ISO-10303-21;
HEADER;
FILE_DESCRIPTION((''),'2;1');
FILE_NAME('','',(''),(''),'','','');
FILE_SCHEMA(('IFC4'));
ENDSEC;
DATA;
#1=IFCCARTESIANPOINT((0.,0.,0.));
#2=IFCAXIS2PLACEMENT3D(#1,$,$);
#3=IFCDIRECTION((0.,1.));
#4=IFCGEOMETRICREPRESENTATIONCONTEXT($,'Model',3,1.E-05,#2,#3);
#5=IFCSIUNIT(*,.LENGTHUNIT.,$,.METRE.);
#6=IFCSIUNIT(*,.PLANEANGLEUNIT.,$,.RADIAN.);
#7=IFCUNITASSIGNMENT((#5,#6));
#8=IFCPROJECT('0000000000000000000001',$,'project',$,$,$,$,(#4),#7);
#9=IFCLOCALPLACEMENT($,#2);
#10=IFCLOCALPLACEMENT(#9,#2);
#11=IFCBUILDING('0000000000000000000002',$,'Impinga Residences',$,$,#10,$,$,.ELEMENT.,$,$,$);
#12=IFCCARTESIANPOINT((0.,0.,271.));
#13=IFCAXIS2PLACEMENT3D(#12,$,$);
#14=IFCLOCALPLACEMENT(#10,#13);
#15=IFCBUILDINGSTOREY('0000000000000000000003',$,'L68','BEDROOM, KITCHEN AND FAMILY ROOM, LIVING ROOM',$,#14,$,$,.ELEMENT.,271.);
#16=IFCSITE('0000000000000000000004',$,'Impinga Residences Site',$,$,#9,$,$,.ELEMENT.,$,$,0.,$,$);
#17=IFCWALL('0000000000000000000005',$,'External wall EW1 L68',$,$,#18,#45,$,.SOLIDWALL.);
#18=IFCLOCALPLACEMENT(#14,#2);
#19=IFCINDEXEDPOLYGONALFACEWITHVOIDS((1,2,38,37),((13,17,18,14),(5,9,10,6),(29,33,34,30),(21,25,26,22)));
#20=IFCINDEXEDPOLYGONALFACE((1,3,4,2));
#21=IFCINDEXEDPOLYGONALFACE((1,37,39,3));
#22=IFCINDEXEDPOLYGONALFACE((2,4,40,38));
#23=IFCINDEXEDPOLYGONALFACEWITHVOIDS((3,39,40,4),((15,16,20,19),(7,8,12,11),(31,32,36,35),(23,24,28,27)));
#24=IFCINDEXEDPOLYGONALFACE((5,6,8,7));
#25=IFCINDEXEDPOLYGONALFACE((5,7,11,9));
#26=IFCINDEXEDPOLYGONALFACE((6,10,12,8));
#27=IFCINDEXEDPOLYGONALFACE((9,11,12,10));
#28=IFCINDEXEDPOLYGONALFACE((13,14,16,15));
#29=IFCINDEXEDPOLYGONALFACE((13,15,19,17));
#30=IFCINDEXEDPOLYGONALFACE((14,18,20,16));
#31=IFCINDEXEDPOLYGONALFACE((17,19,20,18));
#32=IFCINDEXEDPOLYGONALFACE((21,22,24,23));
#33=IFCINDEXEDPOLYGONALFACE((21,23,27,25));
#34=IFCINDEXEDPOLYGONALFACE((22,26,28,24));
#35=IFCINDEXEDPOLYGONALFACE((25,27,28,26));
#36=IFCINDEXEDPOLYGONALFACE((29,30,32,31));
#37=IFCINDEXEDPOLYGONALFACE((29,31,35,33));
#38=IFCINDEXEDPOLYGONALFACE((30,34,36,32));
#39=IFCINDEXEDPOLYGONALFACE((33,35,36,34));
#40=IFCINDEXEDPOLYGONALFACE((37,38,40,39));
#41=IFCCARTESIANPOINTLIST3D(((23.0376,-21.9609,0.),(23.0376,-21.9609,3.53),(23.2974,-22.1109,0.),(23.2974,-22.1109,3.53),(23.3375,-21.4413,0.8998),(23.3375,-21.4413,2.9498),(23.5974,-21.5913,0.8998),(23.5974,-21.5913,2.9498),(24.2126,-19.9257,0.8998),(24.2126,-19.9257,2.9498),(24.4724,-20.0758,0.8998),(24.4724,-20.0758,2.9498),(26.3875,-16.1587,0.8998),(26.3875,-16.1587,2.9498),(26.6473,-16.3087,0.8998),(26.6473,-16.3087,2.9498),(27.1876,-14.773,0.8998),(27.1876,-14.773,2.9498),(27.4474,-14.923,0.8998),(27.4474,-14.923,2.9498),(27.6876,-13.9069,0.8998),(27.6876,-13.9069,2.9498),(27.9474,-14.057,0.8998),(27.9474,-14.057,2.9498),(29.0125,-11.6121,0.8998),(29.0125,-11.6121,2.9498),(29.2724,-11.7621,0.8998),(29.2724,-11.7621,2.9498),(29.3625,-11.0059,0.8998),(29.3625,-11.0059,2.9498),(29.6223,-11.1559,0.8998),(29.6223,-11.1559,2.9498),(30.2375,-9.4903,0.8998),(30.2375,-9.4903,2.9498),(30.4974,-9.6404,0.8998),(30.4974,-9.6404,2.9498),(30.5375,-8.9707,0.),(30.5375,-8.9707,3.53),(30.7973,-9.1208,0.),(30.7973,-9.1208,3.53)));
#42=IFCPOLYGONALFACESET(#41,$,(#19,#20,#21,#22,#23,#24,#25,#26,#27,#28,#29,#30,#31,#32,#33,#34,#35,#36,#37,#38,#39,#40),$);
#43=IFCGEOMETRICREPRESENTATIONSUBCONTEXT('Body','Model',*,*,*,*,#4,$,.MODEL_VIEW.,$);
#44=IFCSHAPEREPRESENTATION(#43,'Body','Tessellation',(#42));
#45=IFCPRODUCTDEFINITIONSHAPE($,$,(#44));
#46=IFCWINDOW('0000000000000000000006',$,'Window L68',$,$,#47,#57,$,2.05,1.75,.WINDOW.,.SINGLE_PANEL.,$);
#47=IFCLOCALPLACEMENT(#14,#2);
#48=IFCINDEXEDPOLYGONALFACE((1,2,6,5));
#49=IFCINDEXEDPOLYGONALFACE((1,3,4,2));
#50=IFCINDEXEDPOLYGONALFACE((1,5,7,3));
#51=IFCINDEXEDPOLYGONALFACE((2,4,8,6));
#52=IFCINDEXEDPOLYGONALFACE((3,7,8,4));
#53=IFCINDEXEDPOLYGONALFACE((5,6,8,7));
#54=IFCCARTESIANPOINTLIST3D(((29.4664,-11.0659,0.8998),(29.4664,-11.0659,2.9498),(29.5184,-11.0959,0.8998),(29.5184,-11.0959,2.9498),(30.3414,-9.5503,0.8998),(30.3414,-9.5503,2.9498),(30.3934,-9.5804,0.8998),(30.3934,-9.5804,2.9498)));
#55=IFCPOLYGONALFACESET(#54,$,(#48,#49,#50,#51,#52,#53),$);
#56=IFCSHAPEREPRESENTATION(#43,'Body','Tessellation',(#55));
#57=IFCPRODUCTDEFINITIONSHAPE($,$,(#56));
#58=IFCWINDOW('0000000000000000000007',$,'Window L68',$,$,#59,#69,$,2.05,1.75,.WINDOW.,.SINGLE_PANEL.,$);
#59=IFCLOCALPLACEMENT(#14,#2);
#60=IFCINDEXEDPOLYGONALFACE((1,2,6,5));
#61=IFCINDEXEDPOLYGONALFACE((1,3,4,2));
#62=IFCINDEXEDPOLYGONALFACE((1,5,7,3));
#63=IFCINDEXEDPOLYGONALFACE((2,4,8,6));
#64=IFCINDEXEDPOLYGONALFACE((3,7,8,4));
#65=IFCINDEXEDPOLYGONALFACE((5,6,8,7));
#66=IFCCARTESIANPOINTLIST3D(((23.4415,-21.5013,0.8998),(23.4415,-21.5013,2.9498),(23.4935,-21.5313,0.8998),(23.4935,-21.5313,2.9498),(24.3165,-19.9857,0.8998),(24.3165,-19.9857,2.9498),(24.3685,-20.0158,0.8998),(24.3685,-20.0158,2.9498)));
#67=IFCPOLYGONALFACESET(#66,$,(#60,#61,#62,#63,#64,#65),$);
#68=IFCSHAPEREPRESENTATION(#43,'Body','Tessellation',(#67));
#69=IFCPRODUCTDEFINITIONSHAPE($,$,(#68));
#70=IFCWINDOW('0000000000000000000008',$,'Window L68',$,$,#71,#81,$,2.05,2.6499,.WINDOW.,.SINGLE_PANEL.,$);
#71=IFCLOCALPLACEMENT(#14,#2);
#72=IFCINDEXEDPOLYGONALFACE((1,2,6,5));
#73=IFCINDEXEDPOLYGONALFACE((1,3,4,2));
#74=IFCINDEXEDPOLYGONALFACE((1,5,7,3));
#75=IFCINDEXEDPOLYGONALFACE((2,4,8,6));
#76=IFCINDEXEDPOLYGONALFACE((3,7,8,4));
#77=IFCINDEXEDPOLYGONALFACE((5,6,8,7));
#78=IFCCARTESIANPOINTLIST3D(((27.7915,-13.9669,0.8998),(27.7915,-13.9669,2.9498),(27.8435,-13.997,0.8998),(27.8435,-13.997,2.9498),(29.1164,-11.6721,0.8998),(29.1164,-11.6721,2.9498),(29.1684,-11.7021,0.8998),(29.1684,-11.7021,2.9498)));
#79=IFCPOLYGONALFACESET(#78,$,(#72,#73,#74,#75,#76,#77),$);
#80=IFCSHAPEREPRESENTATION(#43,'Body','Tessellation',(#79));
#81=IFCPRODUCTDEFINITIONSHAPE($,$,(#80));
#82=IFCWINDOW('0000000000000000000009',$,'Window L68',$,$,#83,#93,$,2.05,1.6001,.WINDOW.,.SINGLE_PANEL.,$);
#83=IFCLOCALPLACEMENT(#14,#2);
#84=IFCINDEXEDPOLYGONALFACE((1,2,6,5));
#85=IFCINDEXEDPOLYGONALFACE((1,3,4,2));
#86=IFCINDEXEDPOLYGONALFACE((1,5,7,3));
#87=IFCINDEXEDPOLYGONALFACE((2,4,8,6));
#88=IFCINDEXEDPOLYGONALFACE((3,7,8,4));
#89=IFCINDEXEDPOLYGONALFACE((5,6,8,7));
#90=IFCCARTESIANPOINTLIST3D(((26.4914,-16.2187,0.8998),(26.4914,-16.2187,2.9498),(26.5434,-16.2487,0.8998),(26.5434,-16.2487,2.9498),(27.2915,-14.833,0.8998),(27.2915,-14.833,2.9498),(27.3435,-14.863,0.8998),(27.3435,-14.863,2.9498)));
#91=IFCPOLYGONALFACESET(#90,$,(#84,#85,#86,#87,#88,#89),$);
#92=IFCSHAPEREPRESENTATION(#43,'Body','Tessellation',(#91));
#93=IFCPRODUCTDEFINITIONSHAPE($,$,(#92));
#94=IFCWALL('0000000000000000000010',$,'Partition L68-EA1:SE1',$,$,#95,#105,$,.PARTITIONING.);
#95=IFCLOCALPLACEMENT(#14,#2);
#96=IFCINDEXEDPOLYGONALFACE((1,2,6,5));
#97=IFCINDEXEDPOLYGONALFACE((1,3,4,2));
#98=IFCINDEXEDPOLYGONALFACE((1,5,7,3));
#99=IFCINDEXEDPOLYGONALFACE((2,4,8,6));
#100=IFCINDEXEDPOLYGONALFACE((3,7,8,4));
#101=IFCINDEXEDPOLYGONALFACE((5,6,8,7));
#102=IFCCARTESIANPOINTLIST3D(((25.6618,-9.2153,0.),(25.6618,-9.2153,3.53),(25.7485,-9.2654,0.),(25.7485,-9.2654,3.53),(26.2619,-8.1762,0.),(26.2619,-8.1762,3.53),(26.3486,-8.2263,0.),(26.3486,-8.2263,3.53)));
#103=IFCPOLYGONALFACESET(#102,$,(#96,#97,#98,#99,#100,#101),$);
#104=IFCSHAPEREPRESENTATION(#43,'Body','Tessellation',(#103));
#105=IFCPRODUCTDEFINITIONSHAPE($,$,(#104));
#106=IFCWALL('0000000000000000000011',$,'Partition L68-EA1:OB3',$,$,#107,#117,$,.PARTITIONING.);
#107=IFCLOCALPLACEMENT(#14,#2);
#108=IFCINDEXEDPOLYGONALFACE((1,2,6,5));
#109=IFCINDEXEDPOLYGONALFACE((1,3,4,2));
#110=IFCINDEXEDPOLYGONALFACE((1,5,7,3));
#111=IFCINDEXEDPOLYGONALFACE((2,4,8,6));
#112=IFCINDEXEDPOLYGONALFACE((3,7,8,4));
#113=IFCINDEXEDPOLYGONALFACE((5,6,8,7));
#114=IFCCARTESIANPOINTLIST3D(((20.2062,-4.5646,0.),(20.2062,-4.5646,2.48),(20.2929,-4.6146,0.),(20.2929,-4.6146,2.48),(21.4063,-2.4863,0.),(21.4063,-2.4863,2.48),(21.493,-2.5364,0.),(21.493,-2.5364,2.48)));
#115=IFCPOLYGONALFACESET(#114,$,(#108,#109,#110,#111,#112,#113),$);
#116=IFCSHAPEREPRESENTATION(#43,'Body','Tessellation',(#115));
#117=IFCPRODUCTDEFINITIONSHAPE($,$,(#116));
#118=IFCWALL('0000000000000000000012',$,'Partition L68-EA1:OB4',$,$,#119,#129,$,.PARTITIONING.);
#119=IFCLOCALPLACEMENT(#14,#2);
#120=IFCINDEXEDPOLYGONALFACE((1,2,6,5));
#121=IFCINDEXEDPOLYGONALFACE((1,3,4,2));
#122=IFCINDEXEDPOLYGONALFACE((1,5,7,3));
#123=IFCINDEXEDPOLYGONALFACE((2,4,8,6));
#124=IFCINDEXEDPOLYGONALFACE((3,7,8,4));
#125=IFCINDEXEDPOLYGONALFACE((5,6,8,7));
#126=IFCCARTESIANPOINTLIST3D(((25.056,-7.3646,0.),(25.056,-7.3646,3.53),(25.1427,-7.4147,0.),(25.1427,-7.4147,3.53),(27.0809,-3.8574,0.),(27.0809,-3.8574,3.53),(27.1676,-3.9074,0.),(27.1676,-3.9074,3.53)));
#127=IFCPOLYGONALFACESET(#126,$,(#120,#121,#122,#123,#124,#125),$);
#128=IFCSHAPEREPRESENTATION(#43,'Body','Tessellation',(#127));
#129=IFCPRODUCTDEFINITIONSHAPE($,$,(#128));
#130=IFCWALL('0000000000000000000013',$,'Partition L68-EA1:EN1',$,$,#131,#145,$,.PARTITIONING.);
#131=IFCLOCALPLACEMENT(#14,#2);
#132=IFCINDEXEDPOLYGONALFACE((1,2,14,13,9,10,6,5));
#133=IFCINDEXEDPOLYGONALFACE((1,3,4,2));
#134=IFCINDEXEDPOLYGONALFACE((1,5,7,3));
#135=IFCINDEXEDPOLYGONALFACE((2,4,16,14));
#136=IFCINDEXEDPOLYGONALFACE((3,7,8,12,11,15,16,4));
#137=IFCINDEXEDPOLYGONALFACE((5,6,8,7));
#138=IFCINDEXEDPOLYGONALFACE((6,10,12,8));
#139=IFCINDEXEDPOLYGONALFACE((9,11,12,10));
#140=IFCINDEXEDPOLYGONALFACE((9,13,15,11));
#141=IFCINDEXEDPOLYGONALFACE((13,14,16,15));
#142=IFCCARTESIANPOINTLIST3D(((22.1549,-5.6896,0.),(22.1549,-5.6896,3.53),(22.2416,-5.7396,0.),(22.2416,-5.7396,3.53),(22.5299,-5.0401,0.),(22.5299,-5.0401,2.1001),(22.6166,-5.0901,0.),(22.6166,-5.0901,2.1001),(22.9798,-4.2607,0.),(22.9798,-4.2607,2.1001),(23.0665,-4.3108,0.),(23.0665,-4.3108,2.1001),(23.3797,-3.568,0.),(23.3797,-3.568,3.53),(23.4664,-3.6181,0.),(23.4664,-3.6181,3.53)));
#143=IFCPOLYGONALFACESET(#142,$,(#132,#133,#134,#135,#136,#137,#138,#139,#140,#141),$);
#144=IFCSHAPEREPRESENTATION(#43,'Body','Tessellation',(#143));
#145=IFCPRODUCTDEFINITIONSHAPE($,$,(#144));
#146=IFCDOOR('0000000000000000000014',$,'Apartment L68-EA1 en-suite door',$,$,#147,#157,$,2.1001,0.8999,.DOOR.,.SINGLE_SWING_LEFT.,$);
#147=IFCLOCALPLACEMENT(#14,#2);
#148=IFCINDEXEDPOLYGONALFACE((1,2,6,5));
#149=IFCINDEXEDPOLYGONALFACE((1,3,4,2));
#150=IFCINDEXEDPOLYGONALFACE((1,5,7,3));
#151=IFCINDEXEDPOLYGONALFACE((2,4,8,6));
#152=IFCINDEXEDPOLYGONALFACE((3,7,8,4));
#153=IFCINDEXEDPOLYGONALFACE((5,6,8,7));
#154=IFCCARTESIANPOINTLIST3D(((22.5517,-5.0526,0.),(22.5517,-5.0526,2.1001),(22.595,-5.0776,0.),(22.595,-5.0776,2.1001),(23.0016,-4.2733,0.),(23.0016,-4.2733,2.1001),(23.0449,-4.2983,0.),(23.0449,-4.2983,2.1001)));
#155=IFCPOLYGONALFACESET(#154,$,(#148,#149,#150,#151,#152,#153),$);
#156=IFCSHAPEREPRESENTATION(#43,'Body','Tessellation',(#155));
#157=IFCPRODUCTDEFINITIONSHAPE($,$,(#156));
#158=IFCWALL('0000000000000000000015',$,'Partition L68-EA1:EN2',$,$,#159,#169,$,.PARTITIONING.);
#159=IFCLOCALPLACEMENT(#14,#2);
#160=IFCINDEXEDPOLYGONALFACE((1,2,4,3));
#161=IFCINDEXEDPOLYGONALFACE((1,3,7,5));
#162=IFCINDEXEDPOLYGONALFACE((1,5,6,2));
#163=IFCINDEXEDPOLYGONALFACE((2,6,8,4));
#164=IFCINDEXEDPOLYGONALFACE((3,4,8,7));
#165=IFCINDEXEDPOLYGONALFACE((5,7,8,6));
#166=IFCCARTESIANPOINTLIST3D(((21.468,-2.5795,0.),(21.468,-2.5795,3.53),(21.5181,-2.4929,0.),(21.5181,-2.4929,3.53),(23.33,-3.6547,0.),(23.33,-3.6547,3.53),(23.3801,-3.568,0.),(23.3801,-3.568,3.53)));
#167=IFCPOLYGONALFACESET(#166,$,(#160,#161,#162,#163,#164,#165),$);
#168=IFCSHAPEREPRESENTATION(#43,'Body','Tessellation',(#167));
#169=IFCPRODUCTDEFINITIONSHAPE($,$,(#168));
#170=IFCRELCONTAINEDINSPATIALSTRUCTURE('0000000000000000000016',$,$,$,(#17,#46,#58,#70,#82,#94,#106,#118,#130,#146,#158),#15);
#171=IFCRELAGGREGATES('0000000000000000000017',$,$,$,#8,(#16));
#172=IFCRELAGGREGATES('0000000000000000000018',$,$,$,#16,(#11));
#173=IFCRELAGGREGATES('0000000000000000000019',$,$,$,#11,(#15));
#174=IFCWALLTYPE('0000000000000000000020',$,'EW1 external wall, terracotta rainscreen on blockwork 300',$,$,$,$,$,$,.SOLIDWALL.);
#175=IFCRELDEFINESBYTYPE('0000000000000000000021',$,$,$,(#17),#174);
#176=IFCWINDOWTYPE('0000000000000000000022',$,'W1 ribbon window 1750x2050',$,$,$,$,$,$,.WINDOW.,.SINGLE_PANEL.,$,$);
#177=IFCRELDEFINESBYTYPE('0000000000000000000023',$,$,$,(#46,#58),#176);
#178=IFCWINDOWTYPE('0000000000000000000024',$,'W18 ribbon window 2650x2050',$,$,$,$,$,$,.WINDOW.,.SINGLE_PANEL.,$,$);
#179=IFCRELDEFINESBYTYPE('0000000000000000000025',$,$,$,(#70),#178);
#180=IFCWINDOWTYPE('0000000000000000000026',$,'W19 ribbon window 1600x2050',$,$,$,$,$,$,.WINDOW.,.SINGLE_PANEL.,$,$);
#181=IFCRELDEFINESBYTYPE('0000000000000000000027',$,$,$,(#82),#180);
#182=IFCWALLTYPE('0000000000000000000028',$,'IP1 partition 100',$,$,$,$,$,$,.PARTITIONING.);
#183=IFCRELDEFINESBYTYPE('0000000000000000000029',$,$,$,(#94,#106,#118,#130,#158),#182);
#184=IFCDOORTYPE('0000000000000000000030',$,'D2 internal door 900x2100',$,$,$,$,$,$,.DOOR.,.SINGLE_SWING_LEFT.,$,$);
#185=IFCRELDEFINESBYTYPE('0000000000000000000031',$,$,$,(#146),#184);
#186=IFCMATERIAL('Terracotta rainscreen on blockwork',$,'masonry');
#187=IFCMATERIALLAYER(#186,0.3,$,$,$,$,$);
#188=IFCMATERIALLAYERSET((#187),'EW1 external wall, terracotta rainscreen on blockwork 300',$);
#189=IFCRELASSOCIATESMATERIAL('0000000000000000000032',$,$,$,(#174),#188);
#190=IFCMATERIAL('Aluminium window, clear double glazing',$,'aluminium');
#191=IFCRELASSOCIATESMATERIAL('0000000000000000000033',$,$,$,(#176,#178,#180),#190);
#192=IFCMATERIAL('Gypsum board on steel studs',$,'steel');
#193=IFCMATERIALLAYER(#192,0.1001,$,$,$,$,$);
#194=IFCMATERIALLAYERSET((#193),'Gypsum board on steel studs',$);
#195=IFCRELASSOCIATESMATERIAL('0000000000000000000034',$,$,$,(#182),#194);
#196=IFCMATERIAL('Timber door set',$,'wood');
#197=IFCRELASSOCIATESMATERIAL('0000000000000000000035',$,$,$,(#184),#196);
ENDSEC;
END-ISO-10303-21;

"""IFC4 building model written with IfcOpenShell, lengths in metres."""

from ifc_helpers import new_model, si_unit, direction, frame, frame_2d, origin, place, context, subcontext, project, spatial, rectangle, extrude, material, layer, layer_set, type_object, element, fill, save


model = new_model("IFC4")

# Units and contexts
model_context = context("Model", 3, precision=1e-05, world=origin(), true_north=direction((0.0, 1.0)))
body_context = subcontext(model_context, "Body", "Model", "MODEL_VIEW")
ifc_project = project(units=[si_unit("LENGTHUNIT", "METRE"), si_unit("PLANEANGLEUNIT", "RADIAN")], contexts=[model_context])

# Site, building, storey
site_placement = place(None, origin())
site = spatial("IfcSite", under=ifc_project, at=site_placement, Name="Impinga Residences Site", CompositionType="ELEMENT", RefElevation=0.0)
building_placement = place(site_placement, origin())
building = spatial("IfcBuilding", under=site, at=building_placement, Name="Impinga Residences", CompositionType="ELEMENT")
storey_placement = place(building_placement, frame((0.0, 0.0, 271.0)))
storey = spatial("IfcBuildingStorey", under=building, at=storey_placement, Name="L68", Description="BEDROOM, KITCHEN AND FAMILY ROOM, LIVING ROOM", CompositionType="ELEMENT", Elevation=271.0)

# Shared definitions
ifc_material_1 = material(Name="Timber door set", Category="wood")

# Shared definitions
ifc_material_2 = material(Name="Terracotta rainscreen on blockwork", Category="masonry")
ifc_layer_1 = layer(ifc_material_2, 0.3)
ifc_layer_set_1 = layer_set([ifc_layer_1], Name="EW1 external wall, terracotta rainscreen on blockwork 300")
wall_type_1 = type_object("IfcWallType", Name="EW1 external wall, terracotta rainscreen on blockwork 300", PredefinedType="SOLIDWALL", material=ifc_layer_set_1)

# Wall, openings, windows
wall_1_placement = place(storey_placement, frame((30.6675, -9.0457, 0.0), z_axis=(0.0, 0.0, 1.0), x_axis=(-0.500004, -0.866023, 0.0)))
wall_1 = element("IfcWall", 1, at=wall_1_placement, inside=storey, type_object=wall_type_1, Name="External wall EW1 L68", PredefinedType="SOLIDWALL", context=body_context, shape_type="SweptSolid", body=[
    extrude(rectangle(XDim=14.9998, YDim=0.3, at=frame_2d((7.5, 0.0))), origin(), (0.0, 0.0, 1.0), 3.53),
])
opening_1_placement = place(wall_1_placement, frame((0.6001, 0.0, 0.8999)))
opening_1 = element("IfcOpeningElement", 2, at=opening_1_placement, cuts=wall_1, PredefinedType="OPENING", context=body_context, shape_type="SweptSolid", body=[
    extrude(rectangle(XDim=1.75, YDim=2.05, at=frame_2d((0.875, 1.0249))), frame((0.0, 0.1599, 0.0), z_axis=(0.0, -1.0, 0.0), x_axis=(1.0, 0.0, 0.0)), (0.0, 0.0, 1.0), 0.3201),
])
opening_2_placement = place(wall_1_placement, frame((3.05, 0.0, 0.8999)))
opening_2 = element("IfcOpeningElement", 3, at=opening_2_placement, cuts=wall_1, PredefinedType="OPENING", context=body_context, shape_type="SweptSolid", body=[
    extrude(rectangle(XDim=2.6499, YDim=2.05, at=frame_2d((1.325, 1.0249))), frame((0.0, 0.1599, 0.0), z_axis=(0.0, -1.0, 0.0), x_axis=(1.0, 0.0, 0.0)), (0.0, 0.0, 1.0), 0.3201),
])
opening_3_placement = place(wall_1_placement, frame((6.7, 0.0, 0.8999)))
opening_3 = element("IfcOpeningElement", 4, at=opening_3_placement, cuts=wall_1, PredefinedType="OPENING", context=body_context, shape_type="SweptSolid", body=[
    extrude(rectangle(XDim=1.6001, YDim=2.05, at=frame_2d((0.8, 1.0249))), frame((0.0, 0.1599, 0.0), z_axis=(0.0, -1.0, 0.0), x_axis=(1.0, 0.0, 0.0)), (0.0, 0.0, 1.0), 0.3201),
])
opening_4_placement = place(wall_1_placement, frame((12.6499, 0.0, 0.8999)))
opening_4 = element("IfcOpeningElement", 5, at=opening_4_placement, cuts=wall_1, PredefinedType="OPENING", context=body_context, shape_type="SweptSolid", body=[
    extrude(rectangle(XDim=1.75, YDim=2.05, at=frame_2d((0.875, 1.0249))), frame((0.0, 0.1599, 0.0), z_axis=(0.0, -1.0, 0.0), x_axis=(1.0, 0.0, 0.0)), (0.0, 0.0, 1.0), 0.3201),
])
ifc_material_3 = material(Name="Aluminium window, clear double glazing", Category="aluminium")
window_type_1 = type_object("IfcWindowType", Name="W1 ribbon window 1750x2050", PartitioningType="SINGLE_PANEL", PredefinedType="WINDOW", material=ifc_material_3)
window_1_placement = place(opening_1_placement, origin())
window_1 = element("IfcWindow", 6, at=window_1_placement, inside=storey, type_object=window_type_1, Name="Window L68", OverallHeight=2.05, OverallWidth=1.75, PartitioningType="SINGLE_PANEL", PredefinedType="WINDOW", context=body_context, shape_type="SweptSolid", body=[
    extrude(rectangle(XDim=1.75, YDim=2.05, at=frame_2d((0.875, 1.0249))), frame((0.0, 0.03, 0.0), z_axis=(0.0, -1.0, 0.0), x_axis=(1.0, 0.0, 0.0)), (0.0, 0.0, 1.0), 0.0601),
])
fill(opening_1, window_1)
window_2_placement = place(opening_4_placement, origin())
window_2 = element("IfcWindow", 7, at=window_2_placement, inside=storey, type_object=window_type_1, Name="Window L68", OverallHeight=2.05, OverallWidth=1.75, PartitioningType="SINGLE_PANEL", PredefinedType="WINDOW", context=body_context, shape_type="SweptSolid", body=[
    extrude(rectangle(XDim=1.75, YDim=2.05, at=frame_2d((0.875, 1.0249))), frame((0.0, 0.03, 0.0), z_axis=(0.0, -1.0, 0.0), x_axis=(1.0, 0.0, 0.0)), (0.0, 0.0, 1.0), 0.0601),
])
fill(opening_4, window_2)
window_type_2 = type_object("IfcWindowType", Name="W18 ribbon window 2650x2050", PartitioningType="SINGLE_PANEL", PredefinedType="WINDOW", material=ifc_material_3)
window_3_placement = place(opening_2_placement, origin())
window_3 = element("IfcWindow", 8, at=window_3_placement, inside=storey, type_object=window_type_2, Name="Window L68", OverallHeight=2.05, OverallWidth=2.6499, PartitioningType="SINGLE_PANEL", PredefinedType="WINDOW", context=body_context, shape_type="SweptSolid", body=[
    extrude(rectangle(XDim=2.6499, YDim=2.05, at=frame_2d((1.325, 1.0249))), frame((0.0, 0.03, 0.0), z_axis=(0.0, -1.0, 0.0), x_axis=(1.0, 0.0, 0.0)), (0.0, 0.0, 1.0), 0.0601),
])
fill(opening_2, window_3)
window_type_3 = type_object("IfcWindowType", Name="W19 ribbon window 1600x2050", PartitioningType="SINGLE_PANEL", PredefinedType="WINDOW", material=ifc_material_3)
window_4_placement = place(opening_3_placement, origin())
window_4 = element("IfcWindow", 9, at=window_4_placement, inside=storey, type_object=window_type_3, Name="Window L68", OverallHeight=2.05, OverallWidth=1.6001, PartitioningType="SINGLE_PANEL", PredefinedType="WINDOW", context=body_context, shape_type="SweptSolid", body=[
    extrude(rectangle(XDim=1.6001, YDim=2.05, at=frame_2d((0.8, 1.0249))), frame((0.0, 0.03, 0.0), z_axis=(0.0, -1.0, 0.0), x_axis=(1.0, 0.0, 0.0)), (0.0, 0.0, 1.0), 0.0601),
])
fill(opening_3, window_4)

# Walls
ifc_material_4 = material(Name="Gypsum board on steel studs", Category="steel")
ifc_layer_2 = layer(ifc_material_4, 0.1001)
ifc_layer_set_2 = layer_set([ifc_layer_2], Name="Gypsum board on steel studs")
wall_type_2 = type_object("IfcWallType", Name="IP1 partition 100", PredefinedType="PARTITIONING", material=ifc_layer_set_2)
wall_2_placement = place(storey_placement, frame((25.7051, -9.2405, 0.0), z_axis=(0.0, 0.0, 1.0), x_axis=(0.500122, 0.865955, 0.0)))
element("IfcWall", 10, at=wall_2_placement, inside=storey, type_object=wall_type_2, Name="Partition L68-EA1:SE1", PredefinedType="PARTITIONING", context=body_context, shape_type="SweptSolid", body=[
    extrude(rectangle(XDim=1.2, YDim=0.1001, at=frame_2d((0.6001, 0.0))), origin(), (0.0, 0.0, 1.0), 3.53),
])
wall_3_placement = place(storey_placement, frame((20.2495, -4.5896, 0.0), z_axis=(0.0, 0.0, 1.0), x_axis=(0.500078, 0.865981, 0.0)))
element("IfcWall", 11, at=wall_3_placement, inside=storey, type_object=wall_type_2, Name="Partition L68-EA1:OB3", PredefinedType="PARTITIONING", context=body_context, shape_type="SweptSolid", body=[
    extrude(rectangle(XDim=2.3999, YDim=0.1001, at=frame_2d((1.2, 0.0))), origin(), (0.0, 0.0, 1.0), 2.48),
])
wall_4_placement = place(storey_placement, frame((25.0994, -7.3896, 0.0), z_axis=(0.0, 0.0, 1.0), x_axis=(0.49999, 0.866031, 0.0)))
element("IfcWall", 12, at=wall_4_placement, inside=storey, type_object=wall_type_2, Name="Partition L68-EA1:OB4", PredefinedType="PARTITIONING", context=body_context, shape_type="SweptSolid", body=[
    extrude(rectangle(XDim=4.0498, YDim=0.1001, at=frame_2d((2.0249, 0.0))), origin(), (0.0, 0.0, 1.0), 3.53),
])

# Wall, opening, door
wall_5_placement = place(storey_placement, frame((22.1982, -5.7146, 0.0), z_axis=(0.0, 0.0, 1.0), x_axis=(0.499987, 0.866033, 0.0)))
wall_5 = element("IfcWall", 13, at=wall_5_placement, inside=storey, type_object=wall_type_2, Name="Partition L68-EA1:EN1", PredefinedType="PARTITIONING", context=body_context, shape_type="SweptSolid", body=[
    extrude(rectangle(XDim=2.4497, YDim=0.1001, at=frame_2d((1.2249, 0.0))), origin(), (0.0, 0.0, 1.0), 3.53),
])
opening_5_placement = place(wall_5_placement, frame((0.75, 0.0, 0.0)))
opening_5 = element("IfcOpeningElement", 14, at=opening_5_placement, cuts=wall_5, PredefinedType="OPENING", context=body_context, shape_type="SweptSolid", body=[
    extrude(rectangle(XDim=0.8999, YDim=2.1001, at=frame_2d((0.45, 1.05))), frame((0.0, 0.0601, 0.0), z_axis=(0.0, -1.0, 0.0), x_axis=(1.0, 0.0, 0.0)), (0.0, 0.0, 1.0), 0.1201),
])
door_type_1 = type_object("IfcDoorType", Name="D2 internal door 900x2100", OperationType="SINGLE_SWING_LEFT", PredefinedType="DOOR", material=ifc_material_1)
door_1_placement = place(opening_5_placement, origin())
door_1 = element("IfcDoor", 15, at=door_1_placement, inside=storey, type_object=door_type_1, Name="Apartment L68-EA1 en-suite door", OperationType="SINGLE_SWING_LEFT", OverallHeight=2.1001, OverallWidth=0.8999, PredefinedType="DOOR", context=body_context, shape_type="SweptSolid", body=[
    extrude(rectangle(XDim=0.8999, YDim=2.1001, at=frame_2d((0.45, 1.05))), frame((0.0, 0.0249, 0.0), z_axis=(0.0, -1.0, 0.0), x_axis=(1.0, 0.0, 0.0)), (0.0, 0.0, 1.0), 0.05),
])
fill(opening_5, door_1)

# Wall
wall_6_placement = place(storey_placement, frame((21.4929, -2.5361, 0.0), z_axis=(0.0, 0.0, 1.0), x_axis=(0.865998, -0.500047, 0.0)))
element("IfcWall", 16, at=wall_6_placement, inside=storey, type_object=wall_type_2, Name="Partition L68-EA1:EN2", PredefinedType="PARTITIONING", context=body_context, shape_type="SweptSolid", body=[
    extrude(rectangle(XDim=2.1501, YDim=0.1001, at=frame_2d((1.0752, 0.0))), origin(), (0.0, 0.0, 1.0), 3.53),
])

save(model, "model.ifc")
